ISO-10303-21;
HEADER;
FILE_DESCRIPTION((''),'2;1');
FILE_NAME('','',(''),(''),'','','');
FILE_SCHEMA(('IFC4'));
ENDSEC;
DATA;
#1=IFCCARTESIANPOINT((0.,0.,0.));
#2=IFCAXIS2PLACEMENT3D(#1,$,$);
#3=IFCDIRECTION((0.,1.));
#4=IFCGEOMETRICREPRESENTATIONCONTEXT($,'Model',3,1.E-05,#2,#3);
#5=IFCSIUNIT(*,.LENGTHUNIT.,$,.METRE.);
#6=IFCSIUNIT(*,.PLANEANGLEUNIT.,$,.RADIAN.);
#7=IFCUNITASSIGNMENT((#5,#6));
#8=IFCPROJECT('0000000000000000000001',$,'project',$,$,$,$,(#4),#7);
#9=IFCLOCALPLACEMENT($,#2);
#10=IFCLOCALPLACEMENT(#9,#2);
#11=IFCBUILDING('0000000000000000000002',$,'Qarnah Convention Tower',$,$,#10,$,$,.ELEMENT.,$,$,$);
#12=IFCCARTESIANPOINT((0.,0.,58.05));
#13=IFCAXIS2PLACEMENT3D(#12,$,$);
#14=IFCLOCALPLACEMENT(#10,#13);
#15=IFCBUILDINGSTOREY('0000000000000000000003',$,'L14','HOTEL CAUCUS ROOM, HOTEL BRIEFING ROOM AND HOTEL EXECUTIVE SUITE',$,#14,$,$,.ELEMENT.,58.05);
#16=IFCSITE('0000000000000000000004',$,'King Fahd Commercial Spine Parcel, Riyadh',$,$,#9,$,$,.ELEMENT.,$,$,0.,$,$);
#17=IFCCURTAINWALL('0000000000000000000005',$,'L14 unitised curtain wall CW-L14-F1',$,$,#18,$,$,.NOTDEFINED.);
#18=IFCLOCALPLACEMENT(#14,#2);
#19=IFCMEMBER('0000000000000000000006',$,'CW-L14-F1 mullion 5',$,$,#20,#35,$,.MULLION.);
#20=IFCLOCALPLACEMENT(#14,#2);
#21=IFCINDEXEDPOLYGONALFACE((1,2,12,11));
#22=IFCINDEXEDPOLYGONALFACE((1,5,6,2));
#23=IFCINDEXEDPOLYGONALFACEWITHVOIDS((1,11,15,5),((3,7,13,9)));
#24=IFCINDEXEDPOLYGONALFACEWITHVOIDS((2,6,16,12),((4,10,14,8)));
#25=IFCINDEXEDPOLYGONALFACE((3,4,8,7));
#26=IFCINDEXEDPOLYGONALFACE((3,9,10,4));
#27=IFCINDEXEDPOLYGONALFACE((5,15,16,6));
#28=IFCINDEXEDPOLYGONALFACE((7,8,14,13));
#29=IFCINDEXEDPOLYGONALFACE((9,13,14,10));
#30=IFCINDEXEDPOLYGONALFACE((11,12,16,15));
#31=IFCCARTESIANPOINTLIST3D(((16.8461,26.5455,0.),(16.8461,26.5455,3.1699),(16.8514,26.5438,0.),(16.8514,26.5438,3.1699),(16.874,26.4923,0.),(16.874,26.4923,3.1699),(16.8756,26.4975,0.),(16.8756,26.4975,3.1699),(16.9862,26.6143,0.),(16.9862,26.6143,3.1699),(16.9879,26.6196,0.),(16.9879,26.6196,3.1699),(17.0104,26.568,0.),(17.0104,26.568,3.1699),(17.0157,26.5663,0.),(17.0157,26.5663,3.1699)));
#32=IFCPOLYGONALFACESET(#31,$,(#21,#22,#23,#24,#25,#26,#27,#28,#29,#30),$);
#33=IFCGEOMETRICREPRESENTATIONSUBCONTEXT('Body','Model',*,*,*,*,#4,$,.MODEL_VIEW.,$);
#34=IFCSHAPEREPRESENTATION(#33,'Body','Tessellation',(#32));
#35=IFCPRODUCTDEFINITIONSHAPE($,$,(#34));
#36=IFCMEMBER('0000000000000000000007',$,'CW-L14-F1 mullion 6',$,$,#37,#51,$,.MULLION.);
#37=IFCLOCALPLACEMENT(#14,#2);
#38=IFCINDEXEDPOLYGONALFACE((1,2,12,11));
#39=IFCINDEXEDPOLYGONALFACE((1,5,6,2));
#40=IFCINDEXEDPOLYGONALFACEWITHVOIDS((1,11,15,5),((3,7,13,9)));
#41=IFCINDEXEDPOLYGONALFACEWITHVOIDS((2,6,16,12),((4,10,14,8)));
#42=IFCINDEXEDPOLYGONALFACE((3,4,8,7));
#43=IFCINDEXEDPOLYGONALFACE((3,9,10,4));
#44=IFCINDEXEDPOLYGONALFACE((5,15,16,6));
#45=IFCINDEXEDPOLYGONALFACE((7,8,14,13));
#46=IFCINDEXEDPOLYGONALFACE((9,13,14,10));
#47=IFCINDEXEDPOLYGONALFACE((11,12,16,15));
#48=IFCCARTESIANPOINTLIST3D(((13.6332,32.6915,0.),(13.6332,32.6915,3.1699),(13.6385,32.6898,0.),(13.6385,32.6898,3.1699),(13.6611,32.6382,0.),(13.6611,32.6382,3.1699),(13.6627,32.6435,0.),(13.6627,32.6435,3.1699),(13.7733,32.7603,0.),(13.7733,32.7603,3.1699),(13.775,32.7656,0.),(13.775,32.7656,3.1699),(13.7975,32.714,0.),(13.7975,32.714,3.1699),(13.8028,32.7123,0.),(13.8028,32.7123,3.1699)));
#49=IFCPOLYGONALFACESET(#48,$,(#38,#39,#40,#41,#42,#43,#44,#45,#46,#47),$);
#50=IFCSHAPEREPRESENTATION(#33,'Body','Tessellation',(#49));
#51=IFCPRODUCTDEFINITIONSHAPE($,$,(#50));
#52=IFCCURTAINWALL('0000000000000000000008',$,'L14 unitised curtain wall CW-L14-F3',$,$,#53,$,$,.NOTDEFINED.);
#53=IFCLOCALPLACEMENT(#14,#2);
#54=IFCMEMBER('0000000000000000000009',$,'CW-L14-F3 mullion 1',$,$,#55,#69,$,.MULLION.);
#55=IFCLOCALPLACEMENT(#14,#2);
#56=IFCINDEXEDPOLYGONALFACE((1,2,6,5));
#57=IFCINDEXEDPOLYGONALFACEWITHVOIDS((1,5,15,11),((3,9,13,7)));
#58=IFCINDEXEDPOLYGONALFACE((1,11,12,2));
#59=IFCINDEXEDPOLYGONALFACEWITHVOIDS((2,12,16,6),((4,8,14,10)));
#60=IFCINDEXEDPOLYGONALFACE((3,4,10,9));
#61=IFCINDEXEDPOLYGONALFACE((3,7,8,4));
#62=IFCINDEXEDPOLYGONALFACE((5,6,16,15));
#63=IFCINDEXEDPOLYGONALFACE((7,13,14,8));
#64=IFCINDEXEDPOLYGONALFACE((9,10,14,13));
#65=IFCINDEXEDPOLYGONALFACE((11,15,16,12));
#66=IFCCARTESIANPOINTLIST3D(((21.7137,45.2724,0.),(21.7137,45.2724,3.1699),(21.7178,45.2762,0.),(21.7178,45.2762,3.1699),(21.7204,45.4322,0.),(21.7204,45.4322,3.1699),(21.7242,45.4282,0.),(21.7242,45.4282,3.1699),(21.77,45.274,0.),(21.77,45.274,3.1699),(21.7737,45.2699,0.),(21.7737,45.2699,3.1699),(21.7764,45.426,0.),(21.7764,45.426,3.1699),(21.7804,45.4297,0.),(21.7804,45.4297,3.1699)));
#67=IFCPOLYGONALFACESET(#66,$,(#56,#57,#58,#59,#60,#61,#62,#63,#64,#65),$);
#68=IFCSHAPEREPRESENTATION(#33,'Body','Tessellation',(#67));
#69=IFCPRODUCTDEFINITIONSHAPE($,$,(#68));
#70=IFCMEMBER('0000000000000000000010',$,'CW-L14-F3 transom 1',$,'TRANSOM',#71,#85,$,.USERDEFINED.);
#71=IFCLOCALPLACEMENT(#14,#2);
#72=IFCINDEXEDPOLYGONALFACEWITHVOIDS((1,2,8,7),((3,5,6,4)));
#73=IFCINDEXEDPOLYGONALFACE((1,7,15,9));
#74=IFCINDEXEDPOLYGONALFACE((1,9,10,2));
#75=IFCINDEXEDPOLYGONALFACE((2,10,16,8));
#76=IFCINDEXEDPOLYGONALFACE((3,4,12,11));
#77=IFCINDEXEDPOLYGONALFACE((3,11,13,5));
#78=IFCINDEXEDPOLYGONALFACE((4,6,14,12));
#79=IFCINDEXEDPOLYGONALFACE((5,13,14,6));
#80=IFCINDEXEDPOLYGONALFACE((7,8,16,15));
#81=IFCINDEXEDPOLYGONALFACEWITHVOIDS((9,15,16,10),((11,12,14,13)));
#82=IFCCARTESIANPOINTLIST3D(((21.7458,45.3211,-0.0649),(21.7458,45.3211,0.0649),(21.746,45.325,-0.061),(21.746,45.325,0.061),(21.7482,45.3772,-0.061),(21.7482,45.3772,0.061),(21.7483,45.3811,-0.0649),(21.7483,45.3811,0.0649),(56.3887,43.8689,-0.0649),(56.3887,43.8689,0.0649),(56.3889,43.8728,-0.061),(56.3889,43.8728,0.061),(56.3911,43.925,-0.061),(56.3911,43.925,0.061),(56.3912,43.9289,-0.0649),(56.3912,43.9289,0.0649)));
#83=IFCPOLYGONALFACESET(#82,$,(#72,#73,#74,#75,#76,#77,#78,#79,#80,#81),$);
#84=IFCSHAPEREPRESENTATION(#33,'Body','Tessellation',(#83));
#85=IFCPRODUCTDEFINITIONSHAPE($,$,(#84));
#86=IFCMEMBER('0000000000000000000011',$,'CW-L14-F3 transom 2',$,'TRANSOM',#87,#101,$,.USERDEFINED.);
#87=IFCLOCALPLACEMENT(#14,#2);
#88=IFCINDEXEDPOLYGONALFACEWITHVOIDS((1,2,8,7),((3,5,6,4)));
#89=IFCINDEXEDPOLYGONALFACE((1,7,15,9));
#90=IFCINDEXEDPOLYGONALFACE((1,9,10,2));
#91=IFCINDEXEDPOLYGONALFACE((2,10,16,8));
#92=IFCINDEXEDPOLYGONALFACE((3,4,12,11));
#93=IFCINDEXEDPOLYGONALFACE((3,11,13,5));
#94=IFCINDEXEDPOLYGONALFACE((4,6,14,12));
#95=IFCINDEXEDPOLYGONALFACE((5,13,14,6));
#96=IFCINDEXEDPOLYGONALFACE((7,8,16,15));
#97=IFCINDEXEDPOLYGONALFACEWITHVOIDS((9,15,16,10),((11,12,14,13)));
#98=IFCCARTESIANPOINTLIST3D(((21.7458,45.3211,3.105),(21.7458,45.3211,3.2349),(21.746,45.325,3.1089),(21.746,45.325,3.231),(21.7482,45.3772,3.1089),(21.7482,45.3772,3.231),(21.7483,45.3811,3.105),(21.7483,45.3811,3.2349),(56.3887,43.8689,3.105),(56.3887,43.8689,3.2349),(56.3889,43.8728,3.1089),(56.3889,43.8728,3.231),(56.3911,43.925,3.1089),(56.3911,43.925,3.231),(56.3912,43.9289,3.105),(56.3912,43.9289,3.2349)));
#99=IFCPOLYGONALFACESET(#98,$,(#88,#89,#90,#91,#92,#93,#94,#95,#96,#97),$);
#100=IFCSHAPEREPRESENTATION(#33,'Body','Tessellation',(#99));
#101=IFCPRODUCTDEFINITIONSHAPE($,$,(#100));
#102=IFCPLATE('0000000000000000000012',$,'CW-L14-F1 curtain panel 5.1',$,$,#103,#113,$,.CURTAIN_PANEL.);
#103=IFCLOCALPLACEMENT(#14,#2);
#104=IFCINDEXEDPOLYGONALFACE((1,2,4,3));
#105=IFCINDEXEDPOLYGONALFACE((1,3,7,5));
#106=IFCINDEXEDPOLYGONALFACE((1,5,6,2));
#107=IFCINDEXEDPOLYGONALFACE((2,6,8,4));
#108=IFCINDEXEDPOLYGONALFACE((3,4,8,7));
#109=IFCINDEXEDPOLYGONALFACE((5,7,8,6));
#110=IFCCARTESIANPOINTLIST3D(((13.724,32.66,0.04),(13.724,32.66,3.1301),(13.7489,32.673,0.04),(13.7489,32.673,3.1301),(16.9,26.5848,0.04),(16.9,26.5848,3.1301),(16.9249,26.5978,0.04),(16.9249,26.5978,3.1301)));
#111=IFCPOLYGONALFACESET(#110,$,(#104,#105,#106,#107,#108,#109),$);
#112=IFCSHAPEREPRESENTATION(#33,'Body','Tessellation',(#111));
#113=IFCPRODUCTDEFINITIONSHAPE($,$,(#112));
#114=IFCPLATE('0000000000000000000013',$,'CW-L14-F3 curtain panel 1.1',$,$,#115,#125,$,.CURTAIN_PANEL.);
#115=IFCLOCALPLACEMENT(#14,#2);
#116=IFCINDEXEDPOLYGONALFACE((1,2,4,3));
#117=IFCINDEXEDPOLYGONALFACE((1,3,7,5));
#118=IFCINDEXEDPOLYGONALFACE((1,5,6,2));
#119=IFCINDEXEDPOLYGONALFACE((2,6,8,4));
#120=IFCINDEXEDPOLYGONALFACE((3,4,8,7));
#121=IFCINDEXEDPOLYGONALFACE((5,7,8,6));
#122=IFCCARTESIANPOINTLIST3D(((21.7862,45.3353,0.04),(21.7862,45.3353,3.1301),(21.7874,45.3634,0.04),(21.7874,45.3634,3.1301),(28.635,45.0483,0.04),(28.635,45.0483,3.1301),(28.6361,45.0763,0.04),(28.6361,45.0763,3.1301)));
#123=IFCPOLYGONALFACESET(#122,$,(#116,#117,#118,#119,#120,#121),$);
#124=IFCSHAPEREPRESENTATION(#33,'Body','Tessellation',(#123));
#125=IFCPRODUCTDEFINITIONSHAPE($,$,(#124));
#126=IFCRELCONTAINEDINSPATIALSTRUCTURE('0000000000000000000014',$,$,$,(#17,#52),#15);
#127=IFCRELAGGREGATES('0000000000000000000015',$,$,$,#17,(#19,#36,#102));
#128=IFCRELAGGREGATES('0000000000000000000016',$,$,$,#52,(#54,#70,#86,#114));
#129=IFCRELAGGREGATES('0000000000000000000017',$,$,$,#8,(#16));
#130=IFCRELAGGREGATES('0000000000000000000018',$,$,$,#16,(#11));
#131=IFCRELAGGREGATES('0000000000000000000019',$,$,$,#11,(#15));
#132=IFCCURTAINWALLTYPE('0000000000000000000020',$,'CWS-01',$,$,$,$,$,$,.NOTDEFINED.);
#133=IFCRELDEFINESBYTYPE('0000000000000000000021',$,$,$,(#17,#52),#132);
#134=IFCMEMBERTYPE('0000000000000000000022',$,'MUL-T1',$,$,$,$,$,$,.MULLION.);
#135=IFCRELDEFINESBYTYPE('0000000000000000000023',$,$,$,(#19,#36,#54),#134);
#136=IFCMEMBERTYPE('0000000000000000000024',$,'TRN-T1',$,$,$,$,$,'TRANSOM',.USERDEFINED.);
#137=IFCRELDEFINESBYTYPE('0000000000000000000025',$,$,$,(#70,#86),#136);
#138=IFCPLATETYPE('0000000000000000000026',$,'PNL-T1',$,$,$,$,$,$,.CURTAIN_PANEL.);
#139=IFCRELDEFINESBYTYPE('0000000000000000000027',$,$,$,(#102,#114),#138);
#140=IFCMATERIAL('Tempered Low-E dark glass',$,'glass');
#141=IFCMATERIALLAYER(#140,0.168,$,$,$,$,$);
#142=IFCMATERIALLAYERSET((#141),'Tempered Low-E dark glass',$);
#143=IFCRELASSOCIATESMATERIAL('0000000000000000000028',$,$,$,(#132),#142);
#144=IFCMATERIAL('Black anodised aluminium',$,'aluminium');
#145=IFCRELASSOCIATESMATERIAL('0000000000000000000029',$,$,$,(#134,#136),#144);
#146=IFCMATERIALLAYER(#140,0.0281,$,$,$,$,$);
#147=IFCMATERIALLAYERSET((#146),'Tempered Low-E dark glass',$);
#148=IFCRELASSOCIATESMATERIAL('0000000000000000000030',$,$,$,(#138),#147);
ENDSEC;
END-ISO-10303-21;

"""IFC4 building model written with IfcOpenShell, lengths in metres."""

from ifc_helpers import new_model, si_unit, direction, frame, origin, origin_2d, place, context, subcontext, project, spatial, rectangle, hollow_rectangle, extrude, material, layer, layer_set, material_profile, profile_set, type_object, element, aggregate, save


model = new_model("IFC4")

# Units and contexts
model_context = context("Model", 3, precision=1e-05, world=origin(), true_north=direction((0.0, 1.0)))
body_context = subcontext(model_context, "Body", "Model", "MODEL_VIEW")
ifc_project = project(units=[si_unit("LENGTHUNIT", "METRE"), si_unit("PLANEANGLEUNIT", "RADIAN")], contexts=[model_context])

# Site, building, storey
site_placement = place(None, origin())
site = spatial("IfcSite", under=ifc_project, at=site_placement, Name="King Fahd Commercial Spine Parcel, Riyadh", CompositionType="ELEMENT", RefElevation=0.0)
building_placement = place(site_placement, origin())
building = spatial("IfcBuilding", under=site, at=building_placement, Name="Qarnah Convention Tower", CompositionType="ELEMENT")
storey_placement = place(building_placement, frame((0.0, 0.0, 58.05)))
storey = spatial("IfcBuildingStorey", under=building, at=storey_placement, Name="L14", Description="HOTEL CAUCUS ROOM, HOTEL BRIEFING ROOM AND HOTEL EXECUTIVE SUITE", CompositionType="ELEMENT", Elevation=58.05)

# Curtain walls, members
ifc_material_1 = material(Name="Tempered Low-E dark glass", Category="glass")
ifc_layer_1 = layer(ifc_material_1, 0.168)
ifc_layer_set_1 = layer_set([ifc_layer_1], Name="Tempered Low-E dark glass")
curtain_wall_type = type_object("IfcCurtainWallType", Name="CWS-01", PredefinedType="NOTDEFINED", material=ifc_layer_set_1)
curtain_wall_1_placement = place(storey_placement, origin())
curtain_wall_1 = element("IfcCurtainWall", 1, at=curtain_wall_1_placement, inside=storey, type_object=curtain_wall_type, Name="L14 unitised curtain wall CW-L14-F1", PredefinedType="NOTDEFINED")
ifc_material_2 = material(Name="Black anodised aluminium", Category="aluminium")
ifc_material_profile_1 = material_profile(ifc_material_2, hollow_rectangle(XDim=0.0601, YDim=0.1599, WallThickness=0.0039, at=origin_2d()), Name="MUL-60X160")
ifc_profile_set_1 = profile_set([ifc_material_profile_1], Name="Black anodised aluminium")
member_type_1 = type_object("IfcMemberType", Name="MUL-T1", PredefinedType="MULLION", material=ifc_profile_set_1)
member_1_placement = place(storey_placement, frame((16.9309, 26.5559, 0.0), z_axis=(0.0, 0.0, 1.0), x_axis=(-0.46329, 0.886207, 0.0)))
member_1 = element("IfcMember", 2, at=member_1_placement, type_object=member_type_1, Name="CW-L14-F1 mullion 5", PredefinedType="MULLION", context=body_context, shape_type="SweptSolid", body=[
    extrude(hollow_rectangle(XDim=0.0601, YDim=0.1599, WallThickness=0.0039, at=origin_2d()), origin(), (0.0, 0.0, 1.0), 3.1699),
])
member_2_placement = place(storey_placement, frame((13.718, 32.7019, 0.0), z_axis=(0.0, 0.0, 1.0), x_axis=(-0.46329, 0.886207, 0.0)))
member_2 = element("IfcMember", 3, at=member_2_placement, type_object=member_type_1, Name="CW-L14-F1 mullion 6", PredefinedType="MULLION", context=body_context, shape_type="SweptSolid", body=[
    extrude(hollow_rectangle(XDim=0.0601, YDim=0.1599, WallThickness=0.0039, at=origin_2d()), origin(), (0.0, 0.0, 1.0), 3.1699),
])
curtain_wall_2_placement = place(storey_placement, origin())
curtain_wall_2 = element("IfcCurtainWall", 4, at=curtain_wall_2_placement, inside=storey, type_object=curtain_wall_type, Name="L14 unitised curtain wall CW-L14-F3", PredefinedType="NOTDEFINED")
member_3_placement = place(storey_placement, frame((21.7471, 45.3511, 0.0), z_axis=(0.0, 0.0, 1.0), x_axis=(0.999123, -0.041876, 0.0)))
member_3 = element("IfcMember", 5, at=member_3_placement, type_object=member_type_1, Name="CW-L14-F3 mullion 1", PredefinedType="MULLION", context=body_context, shape_type="SweptSolid", body=[
    extrude(hollow_rectangle(XDim=0.0601, YDim=0.1599, WallThickness=0.0039, at=origin_2d()), origin(), (0.0, 0.0, 1.0), 3.1699),
])
ifc_material_profile_2 = material_profile(ifc_material_2, hollow_rectangle(XDim=0.0601, YDim=0.1299, WallThickness=0.0039, at=origin_2d()), Name="TRN-60X130")
ifc_profile_set_2 = profile_set([ifc_material_profile_2], Name="Black anodised aluminium")
member_type_2 = type_object("IfcMemberType", Name="TRN-T1", ElementType="TRANSOM", PredefinedType="USERDEFINED", material=ifc_profile_set_2)
member_4_placement = place(storey_placement, frame((21.7471, 45.3511, 0.0), z_axis=(0.999123, -0.041881, 0.0), x_axis=(0.041881, 0.999123, 0.0)))
member_4 = element("IfcMember", 6, at=member_4_placement, type_object=member_type_2, Name="CW-L14-F3 transom 1", ObjectType="TRANSOM", PredefinedType="USERDEFINED", context=body_context, shape_type="SweptSolid", body=[
    extrude(hollow_rectangle(XDim=0.0601, YDim=0.1299, WallThickness=0.0039, at=origin_2d()), origin(), (0.0, 0.0, 1.0), 34.6733),
])
member_5_placement = place(storey_placement, frame((21.7471, 45.3511, 3.1699), z_axis=(0.999123, -0.041881, 0.0), x_axis=(0.041881, 0.999123, 0.0)))
member_5 = element("IfcMember", 7, at=member_5_placement, type_object=member_type_2, Name="CW-L14-F3 transom 2", ObjectType="TRANSOM", PredefinedType="USERDEFINED", context=body_context, shape_type="SweptSolid", body=[
    extrude(hollow_rectangle(XDim=0.0601, YDim=0.1299, WallThickness=0.0039, at=origin_2d()), origin(), (0.0, 0.0, 1.0), 34.6733),
])

# Plates
ifc_layer_2 = layer(ifc_material_1, 0.0281)
ifc_layer_set_2 = layer_set([ifc_layer_2], Name="Tempered Low-E dark glass")
plate_type = type_object("IfcPlateType", Name="PNL-T1", PredefinedType="CURTAIN_PANEL", material=ifc_layer_set_2)
plate_1_placement = place(storey_placement, frame((15.3245, 29.6289, 0.04), z_axis=(0.0, 0.0, 1.0), x_axis=(-0.46329, 0.886207, 0.0)))
plate_1 = element("IfcPlate", 8, at=plate_1_placement, type_object=plate_type, Name="CW-L14-F1 curtain panel 5.1", PredefinedType="CURTAIN_PANEL", context=body_context, shape_type="SweptSolid", body=[
    extrude(rectangle(XDim=6.8552, YDim=0.0281, at=origin_2d()), origin(), (0.0, 0.0, 1.0), 3.0901),
])
aggregate(curtain_wall_1, [member_1, member_2, plate_1])
plate_2_placement = place(storey_placement, frame((25.2112, 45.2058, 0.04), z_axis=(0.0, 0.0, 1.0), x_axis=(0.999123, -0.041876, 0.0)))
plate_2 = element("IfcPlate", 9, at=plate_2_placement, type_object=plate_type, Name="CW-L14-F3 curtain panel 1.1", PredefinedType="CURTAIN_PANEL", context=body_context, shape_type="SweptSolid", body=[
    extrude(rectangle(XDim=6.8547, YDim=0.0281, at=origin_2d()), origin(), (0.0, 0.0, 1.0), 3.0901),
])
aggregate(curtain_wall_2, [member_3, member_4, member_5, plate_2])

save(model, "model.ifc")
